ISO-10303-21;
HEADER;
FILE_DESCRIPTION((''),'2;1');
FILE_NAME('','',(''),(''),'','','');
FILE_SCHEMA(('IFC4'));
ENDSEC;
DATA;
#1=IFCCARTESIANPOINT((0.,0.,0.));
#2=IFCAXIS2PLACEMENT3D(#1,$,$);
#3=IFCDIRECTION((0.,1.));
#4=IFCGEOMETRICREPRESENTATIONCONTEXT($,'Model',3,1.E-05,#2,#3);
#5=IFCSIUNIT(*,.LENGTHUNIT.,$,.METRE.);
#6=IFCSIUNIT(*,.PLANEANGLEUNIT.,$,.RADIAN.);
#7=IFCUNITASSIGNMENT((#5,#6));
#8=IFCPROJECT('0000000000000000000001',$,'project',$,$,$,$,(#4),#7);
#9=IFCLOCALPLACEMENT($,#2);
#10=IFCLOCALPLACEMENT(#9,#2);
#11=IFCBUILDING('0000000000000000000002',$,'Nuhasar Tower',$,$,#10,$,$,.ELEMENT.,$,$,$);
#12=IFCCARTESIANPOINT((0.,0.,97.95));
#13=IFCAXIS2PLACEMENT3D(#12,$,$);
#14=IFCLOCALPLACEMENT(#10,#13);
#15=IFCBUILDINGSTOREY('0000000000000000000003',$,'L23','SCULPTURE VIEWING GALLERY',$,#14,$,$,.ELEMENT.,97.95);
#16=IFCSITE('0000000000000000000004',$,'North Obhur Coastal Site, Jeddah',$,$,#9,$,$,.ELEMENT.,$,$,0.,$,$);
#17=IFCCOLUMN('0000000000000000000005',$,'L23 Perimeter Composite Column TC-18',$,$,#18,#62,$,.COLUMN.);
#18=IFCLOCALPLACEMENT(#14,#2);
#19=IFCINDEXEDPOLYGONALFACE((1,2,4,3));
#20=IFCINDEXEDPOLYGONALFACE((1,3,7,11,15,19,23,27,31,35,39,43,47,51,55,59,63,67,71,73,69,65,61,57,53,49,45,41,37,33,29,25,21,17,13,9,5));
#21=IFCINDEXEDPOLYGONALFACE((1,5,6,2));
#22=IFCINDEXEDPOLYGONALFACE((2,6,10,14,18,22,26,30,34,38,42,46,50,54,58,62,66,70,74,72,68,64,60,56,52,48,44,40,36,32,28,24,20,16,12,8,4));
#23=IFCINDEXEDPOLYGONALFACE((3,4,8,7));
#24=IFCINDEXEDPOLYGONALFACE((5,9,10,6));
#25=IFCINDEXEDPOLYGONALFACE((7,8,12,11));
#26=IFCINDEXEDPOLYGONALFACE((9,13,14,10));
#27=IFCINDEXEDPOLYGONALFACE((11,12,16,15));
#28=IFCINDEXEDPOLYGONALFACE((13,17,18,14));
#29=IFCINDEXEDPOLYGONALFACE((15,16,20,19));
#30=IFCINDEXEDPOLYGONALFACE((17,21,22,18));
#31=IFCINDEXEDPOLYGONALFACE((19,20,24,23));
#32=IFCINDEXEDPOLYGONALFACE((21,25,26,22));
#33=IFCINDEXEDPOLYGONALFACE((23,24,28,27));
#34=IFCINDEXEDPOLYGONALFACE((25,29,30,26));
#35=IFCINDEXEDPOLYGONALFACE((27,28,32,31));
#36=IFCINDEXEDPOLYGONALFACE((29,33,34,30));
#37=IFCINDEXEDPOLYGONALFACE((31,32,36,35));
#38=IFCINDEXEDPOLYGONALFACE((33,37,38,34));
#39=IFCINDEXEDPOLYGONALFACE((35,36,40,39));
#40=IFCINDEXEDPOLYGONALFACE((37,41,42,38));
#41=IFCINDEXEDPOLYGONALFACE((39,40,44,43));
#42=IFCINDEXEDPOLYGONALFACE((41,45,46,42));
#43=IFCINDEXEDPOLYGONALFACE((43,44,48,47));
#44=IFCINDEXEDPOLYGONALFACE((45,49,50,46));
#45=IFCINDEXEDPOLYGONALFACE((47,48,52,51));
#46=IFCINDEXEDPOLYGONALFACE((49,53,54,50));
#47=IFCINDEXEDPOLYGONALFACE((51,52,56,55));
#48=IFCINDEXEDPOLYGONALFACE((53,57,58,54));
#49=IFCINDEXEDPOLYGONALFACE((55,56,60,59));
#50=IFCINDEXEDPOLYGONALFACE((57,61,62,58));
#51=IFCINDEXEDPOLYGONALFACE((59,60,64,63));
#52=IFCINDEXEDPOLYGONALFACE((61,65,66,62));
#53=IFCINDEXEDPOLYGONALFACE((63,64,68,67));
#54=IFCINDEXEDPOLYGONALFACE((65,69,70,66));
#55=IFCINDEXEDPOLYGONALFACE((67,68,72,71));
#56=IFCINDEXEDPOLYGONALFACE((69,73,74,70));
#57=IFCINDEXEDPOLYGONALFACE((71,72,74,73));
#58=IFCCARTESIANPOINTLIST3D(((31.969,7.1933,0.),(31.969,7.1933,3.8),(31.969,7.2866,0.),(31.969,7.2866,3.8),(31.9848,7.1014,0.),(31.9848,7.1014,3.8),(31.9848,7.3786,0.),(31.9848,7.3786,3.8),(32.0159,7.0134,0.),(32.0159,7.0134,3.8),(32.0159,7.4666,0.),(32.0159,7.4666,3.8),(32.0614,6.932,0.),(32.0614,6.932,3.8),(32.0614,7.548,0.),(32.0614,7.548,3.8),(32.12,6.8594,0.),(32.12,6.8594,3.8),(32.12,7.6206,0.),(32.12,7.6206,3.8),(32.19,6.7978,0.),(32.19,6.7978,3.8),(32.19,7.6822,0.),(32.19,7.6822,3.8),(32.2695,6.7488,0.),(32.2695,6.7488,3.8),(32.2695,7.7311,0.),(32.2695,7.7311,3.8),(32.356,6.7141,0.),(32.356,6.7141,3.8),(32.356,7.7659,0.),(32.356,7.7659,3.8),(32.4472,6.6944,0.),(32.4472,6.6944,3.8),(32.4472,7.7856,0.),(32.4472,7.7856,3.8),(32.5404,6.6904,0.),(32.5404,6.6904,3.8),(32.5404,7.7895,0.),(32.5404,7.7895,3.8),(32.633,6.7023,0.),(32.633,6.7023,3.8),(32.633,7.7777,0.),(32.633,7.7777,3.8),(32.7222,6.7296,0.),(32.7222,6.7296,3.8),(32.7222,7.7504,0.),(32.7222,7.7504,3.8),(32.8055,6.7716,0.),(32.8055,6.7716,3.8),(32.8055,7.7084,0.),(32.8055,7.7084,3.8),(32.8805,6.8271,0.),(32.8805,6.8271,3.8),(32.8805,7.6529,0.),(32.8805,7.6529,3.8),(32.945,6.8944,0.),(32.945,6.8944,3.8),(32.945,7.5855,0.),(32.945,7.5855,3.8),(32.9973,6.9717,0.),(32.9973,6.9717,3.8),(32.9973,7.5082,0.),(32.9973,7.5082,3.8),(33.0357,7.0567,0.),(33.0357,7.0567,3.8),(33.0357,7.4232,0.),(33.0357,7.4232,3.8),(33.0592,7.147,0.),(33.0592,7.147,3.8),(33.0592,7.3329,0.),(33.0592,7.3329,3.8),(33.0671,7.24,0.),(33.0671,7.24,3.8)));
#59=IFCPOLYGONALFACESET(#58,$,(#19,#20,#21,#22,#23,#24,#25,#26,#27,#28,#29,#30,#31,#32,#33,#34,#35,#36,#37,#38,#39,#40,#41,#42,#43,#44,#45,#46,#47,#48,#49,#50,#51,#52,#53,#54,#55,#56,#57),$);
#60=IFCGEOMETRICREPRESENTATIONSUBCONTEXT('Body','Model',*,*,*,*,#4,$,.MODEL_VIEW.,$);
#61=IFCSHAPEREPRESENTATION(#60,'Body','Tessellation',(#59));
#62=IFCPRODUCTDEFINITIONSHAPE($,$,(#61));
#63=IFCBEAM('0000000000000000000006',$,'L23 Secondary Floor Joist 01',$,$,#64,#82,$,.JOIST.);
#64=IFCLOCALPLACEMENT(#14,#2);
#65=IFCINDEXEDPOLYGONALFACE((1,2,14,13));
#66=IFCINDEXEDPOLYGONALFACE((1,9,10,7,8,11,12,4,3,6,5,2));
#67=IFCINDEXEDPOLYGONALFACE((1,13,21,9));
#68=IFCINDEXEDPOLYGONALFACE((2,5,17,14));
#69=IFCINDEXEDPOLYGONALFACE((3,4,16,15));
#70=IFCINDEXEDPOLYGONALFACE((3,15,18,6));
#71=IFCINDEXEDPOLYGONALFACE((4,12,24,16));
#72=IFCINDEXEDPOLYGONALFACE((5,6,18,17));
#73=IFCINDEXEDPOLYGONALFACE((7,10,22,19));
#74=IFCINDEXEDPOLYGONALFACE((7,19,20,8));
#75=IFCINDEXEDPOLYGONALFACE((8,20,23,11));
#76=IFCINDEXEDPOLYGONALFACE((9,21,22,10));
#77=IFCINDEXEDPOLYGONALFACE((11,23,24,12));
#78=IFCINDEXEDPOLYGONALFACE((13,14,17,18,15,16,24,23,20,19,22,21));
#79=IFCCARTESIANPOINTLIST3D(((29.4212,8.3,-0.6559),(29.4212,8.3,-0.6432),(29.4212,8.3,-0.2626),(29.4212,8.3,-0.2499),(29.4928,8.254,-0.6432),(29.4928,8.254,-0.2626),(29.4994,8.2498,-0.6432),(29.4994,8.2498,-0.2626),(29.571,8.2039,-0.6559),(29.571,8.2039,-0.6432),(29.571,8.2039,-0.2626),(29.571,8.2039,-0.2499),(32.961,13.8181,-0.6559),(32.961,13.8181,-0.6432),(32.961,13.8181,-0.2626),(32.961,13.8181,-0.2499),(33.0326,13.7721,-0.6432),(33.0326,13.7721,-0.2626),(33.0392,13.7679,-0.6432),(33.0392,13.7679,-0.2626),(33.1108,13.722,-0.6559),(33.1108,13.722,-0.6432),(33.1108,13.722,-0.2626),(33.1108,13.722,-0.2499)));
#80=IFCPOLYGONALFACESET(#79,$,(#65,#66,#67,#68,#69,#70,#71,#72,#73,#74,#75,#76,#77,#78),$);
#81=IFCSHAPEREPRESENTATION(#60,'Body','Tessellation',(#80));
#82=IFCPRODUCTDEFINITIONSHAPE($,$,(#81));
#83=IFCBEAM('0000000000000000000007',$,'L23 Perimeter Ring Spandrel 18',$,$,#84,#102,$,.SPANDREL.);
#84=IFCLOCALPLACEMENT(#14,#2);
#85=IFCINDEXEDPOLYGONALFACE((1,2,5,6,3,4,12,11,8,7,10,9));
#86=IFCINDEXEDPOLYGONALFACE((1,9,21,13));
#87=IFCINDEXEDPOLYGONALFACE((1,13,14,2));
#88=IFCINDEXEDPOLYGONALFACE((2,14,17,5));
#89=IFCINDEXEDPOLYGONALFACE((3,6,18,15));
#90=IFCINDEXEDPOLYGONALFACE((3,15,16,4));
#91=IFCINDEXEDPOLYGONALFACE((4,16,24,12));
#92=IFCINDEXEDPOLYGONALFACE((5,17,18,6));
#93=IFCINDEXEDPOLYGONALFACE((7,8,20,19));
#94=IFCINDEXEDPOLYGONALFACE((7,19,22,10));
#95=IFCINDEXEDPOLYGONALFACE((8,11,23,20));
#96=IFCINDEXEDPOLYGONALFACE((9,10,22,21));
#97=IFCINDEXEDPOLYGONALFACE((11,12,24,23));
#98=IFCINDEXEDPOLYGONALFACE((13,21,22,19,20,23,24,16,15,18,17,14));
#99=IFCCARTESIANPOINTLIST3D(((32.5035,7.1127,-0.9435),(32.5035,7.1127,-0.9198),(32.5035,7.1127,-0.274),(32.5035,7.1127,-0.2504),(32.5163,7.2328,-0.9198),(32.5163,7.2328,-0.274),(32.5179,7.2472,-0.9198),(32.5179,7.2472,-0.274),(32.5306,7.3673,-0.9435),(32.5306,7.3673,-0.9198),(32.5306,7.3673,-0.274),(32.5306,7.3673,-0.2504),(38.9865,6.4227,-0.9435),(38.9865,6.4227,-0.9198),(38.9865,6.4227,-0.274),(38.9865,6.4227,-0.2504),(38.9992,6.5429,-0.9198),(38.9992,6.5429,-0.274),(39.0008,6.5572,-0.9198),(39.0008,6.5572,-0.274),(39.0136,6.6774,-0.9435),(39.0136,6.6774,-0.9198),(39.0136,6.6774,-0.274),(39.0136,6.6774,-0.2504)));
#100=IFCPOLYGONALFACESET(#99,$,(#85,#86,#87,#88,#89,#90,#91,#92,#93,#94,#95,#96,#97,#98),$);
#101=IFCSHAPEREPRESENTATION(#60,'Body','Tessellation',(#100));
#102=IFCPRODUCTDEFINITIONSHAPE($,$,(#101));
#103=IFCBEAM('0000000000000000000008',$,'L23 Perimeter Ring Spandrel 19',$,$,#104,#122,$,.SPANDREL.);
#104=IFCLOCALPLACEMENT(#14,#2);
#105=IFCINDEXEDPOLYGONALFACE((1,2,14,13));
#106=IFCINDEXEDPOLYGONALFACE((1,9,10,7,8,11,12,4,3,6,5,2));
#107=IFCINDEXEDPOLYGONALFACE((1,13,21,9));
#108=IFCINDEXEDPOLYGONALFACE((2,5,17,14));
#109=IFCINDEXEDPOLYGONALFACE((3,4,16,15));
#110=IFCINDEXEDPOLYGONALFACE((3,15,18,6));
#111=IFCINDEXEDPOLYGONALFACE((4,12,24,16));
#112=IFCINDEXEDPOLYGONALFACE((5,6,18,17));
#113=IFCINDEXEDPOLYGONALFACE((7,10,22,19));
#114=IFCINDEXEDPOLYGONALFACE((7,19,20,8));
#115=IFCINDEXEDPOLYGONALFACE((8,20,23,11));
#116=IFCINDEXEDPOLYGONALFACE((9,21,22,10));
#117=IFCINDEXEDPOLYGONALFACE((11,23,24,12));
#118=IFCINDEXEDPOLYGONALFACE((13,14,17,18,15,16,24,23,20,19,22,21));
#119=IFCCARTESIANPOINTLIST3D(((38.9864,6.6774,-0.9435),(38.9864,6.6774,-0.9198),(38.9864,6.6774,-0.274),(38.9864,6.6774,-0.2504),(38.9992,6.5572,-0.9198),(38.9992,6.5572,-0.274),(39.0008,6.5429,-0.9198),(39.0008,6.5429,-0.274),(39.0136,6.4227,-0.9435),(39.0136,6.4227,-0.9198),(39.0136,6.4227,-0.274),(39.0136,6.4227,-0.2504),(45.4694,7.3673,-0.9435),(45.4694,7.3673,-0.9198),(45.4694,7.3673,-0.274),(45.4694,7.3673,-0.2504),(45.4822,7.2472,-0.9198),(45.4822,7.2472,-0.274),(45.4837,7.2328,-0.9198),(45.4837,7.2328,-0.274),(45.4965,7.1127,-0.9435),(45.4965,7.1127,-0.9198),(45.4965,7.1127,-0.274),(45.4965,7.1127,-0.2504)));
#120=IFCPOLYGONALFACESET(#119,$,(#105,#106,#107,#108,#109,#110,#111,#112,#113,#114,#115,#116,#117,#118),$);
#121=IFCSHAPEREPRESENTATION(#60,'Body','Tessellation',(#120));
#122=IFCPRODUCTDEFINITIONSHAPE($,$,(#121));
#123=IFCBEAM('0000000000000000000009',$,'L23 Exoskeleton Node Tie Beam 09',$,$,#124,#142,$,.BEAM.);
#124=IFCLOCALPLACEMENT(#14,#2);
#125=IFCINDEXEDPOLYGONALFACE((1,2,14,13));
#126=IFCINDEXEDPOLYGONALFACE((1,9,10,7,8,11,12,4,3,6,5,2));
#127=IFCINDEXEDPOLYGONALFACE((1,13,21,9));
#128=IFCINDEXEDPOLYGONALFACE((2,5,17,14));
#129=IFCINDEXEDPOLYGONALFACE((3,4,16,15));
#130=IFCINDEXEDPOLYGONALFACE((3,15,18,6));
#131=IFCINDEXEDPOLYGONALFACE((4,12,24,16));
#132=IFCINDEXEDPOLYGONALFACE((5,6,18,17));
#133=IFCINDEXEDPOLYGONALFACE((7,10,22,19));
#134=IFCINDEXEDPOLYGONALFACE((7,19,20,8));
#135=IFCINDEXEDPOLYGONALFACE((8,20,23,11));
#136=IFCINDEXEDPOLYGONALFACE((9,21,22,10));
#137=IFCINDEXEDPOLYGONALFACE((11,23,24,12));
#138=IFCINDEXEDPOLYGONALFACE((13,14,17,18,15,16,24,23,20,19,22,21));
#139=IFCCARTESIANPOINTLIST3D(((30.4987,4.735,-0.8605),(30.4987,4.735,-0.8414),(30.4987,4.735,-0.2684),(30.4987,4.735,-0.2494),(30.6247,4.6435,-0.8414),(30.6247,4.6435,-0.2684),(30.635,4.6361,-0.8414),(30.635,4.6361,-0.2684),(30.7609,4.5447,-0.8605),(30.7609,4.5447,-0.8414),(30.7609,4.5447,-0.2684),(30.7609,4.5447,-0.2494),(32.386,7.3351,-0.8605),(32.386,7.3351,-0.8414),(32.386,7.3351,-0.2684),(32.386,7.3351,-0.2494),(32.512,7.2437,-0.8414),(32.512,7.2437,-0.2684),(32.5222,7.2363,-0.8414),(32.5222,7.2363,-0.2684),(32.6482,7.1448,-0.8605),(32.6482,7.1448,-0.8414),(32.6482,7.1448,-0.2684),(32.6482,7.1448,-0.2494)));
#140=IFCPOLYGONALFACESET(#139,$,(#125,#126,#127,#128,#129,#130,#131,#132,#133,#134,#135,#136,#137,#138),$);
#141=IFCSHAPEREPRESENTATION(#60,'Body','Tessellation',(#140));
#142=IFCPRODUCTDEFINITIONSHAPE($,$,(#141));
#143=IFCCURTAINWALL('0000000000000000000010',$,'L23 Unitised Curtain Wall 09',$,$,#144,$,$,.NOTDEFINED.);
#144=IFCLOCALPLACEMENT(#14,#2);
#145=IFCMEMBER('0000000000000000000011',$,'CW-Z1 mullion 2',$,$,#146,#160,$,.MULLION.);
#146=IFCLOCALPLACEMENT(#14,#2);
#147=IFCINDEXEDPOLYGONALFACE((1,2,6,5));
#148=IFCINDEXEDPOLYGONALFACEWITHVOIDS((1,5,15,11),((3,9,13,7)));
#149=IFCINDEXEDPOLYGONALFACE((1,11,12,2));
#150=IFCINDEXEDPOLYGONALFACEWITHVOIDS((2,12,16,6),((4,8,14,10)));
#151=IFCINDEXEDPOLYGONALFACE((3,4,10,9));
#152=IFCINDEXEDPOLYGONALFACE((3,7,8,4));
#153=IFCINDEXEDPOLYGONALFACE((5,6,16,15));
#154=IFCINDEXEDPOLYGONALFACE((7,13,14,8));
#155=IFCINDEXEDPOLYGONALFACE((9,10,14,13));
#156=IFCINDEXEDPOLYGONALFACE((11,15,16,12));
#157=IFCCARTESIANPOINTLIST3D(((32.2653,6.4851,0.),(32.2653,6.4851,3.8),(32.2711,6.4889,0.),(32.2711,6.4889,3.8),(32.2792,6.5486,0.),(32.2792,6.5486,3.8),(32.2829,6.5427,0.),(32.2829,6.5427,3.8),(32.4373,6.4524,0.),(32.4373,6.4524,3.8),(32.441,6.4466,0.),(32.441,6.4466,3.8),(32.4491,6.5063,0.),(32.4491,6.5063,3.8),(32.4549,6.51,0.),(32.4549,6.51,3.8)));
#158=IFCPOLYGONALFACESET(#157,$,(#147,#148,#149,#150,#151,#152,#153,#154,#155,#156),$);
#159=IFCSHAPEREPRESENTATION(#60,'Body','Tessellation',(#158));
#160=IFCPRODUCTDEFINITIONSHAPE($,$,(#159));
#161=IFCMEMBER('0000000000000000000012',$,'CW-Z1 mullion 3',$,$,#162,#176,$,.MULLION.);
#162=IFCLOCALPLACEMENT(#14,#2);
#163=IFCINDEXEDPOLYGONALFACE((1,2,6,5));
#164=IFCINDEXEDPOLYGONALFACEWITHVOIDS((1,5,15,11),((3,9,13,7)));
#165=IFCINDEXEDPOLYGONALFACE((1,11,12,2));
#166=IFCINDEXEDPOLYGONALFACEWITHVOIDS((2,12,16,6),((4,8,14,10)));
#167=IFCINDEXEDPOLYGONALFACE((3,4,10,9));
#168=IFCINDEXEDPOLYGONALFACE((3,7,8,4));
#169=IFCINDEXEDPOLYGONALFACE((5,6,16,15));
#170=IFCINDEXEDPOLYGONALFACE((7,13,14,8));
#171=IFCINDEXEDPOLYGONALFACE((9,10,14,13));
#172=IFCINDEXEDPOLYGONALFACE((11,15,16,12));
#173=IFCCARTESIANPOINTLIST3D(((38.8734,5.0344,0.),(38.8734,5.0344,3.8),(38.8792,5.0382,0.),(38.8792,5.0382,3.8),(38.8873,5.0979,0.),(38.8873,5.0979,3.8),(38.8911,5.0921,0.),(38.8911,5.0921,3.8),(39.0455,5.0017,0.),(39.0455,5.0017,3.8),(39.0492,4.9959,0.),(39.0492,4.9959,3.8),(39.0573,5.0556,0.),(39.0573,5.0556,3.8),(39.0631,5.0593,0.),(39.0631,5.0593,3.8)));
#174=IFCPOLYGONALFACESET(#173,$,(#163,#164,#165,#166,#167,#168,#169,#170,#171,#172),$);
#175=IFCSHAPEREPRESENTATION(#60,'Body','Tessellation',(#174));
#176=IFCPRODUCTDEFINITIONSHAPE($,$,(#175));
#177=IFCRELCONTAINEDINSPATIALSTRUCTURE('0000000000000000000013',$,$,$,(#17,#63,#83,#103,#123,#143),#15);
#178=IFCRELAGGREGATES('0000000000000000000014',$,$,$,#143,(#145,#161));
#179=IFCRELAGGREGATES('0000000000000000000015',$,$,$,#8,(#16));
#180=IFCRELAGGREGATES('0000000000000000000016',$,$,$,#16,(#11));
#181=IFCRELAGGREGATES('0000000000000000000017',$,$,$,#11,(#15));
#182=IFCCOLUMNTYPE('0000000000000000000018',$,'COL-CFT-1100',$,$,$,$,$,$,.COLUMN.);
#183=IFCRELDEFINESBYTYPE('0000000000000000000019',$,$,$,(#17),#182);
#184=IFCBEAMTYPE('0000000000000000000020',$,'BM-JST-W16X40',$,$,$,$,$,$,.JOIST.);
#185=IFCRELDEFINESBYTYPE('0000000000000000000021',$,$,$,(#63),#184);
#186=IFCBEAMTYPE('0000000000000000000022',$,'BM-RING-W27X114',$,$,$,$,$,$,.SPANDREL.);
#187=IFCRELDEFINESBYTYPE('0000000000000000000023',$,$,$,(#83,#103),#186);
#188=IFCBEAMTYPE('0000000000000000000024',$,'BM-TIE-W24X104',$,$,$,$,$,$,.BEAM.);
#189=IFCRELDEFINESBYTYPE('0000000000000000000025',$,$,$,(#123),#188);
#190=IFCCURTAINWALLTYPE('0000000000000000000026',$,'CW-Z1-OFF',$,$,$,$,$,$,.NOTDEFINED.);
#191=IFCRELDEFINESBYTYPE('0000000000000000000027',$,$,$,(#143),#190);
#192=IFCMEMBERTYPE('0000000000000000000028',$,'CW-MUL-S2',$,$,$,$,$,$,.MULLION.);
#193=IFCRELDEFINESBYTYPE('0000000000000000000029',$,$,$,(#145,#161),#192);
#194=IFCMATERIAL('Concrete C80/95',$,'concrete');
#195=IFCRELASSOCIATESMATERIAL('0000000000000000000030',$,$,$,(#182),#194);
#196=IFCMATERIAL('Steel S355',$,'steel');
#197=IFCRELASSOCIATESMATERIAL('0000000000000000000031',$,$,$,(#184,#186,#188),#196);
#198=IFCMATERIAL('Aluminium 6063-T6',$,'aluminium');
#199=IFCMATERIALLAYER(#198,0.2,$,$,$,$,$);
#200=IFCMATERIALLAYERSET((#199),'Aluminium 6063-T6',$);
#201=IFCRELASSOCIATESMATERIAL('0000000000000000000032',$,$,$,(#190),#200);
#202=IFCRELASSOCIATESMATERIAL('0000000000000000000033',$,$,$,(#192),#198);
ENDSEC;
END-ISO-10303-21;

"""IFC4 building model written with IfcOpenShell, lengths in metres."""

from ifc_helpers import new_model, si_unit, direction, frame, origin, origin_2d, place, context, subcontext, project, spatial, hollow_rectangle, circle, i_section, extrude, material, layer, layer_set, material_profile, profile_set, type_object, element, aggregate, save


model = new_model("IFC4")

# Units and contexts
model_context = context("Model", 3, precision=1e-05, world=origin(), true_north=direction((0.0, 1.0)))
body_context = subcontext(model_context, "Body", "Model", "MODEL_VIEW")
ifc_project = project(units=[si_unit("LENGTHUNIT", "METRE"), si_unit("PLANEANGLEUNIT", "RADIAN")], contexts=[model_context])

# Site, building, storey
site_placement = place(None, origin())
site = spatial("IfcSite", under=ifc_project, at=site_placement, Name="North Obhur Coastal Site, Jeddah", CompositionType="ELEMENT", RefElevation=0.0)
building_placement = place(site_placement, origin())
building = spatial("IfcBuilding", under=site, at=building_placement, Name="Nuhasar Tower", CompositionType="ELEMENT")
storey_placement = place(building_placement, frame((0.0, 0.0, 97.95)))
storey = spatial("IfcBuildingStorey", under=building, at=storey_placement, Name="L23", Description="SCULPTURE VIEWING GALLERY", CompositionType="ELEMENT", Elevation=97.95)

# Column
ifc_material_1 = material(Name="Concrete C80/95", Category="concrete")
ifc_material_profile_1 = material_profile(ifc_material_1, circle(Radius=0.55, at=origin_2d()), Name="CFT1100")
ifc_profile_set_1 = profile_set([ifc_material_profile_1], Name="Concrete C80/95")
column_type = type_object("IfcColumnType", Name="COL-CFT-1100", PredefinedType="COLUMN", material=ifc_profile_set_1)
column_placement = place(storey_placement, frame((32.5171, 7.24, 0.0), z_axis=(0.0, 0.0, 1.0), x_axis=(1.0, 0.0, 0.0)))
element("IfcColumn", 1, at=column_placement, inside=storey, type_object=column_type, Name="L23 Perimeter Composite Column TC-18", PredefinedType="COLUMN", context=body_context, shape_type="SweptSolid", body=[
    extrude(circle(Radius=0.55, at=origin_2d()), origin(), (0.0, 0.0, 1.0), 3.8),
])

# Beams
ifc_material_2 = material(Name="Steel S355", Category="steel")
ifc_material_profile_2 = material_profile(ifc_material_2, i_section(OverallWidth=0.178, OverallDepth=0.406, WebThickness=0.0078, FlangeThickness=0.0127, at=origin_2d()), Name="W16X40")
ifc_profile_set_2 = profile_set([ifc_material_profile_2], Name="Steel S355")
beam_type_1 = type_object("IfcBeamType", Name="BM-JST-W16X40", PredefinedType="JOIST", material=ifc_profile_set_2)
beam_1_placement = place(storey_placement, frame((33.0359, 13.77, -0.4529), z_axis=(-0.539944, -0.841701, 0.0), x_axis=(0.841701, -0.539944, 0.0)))
element("IfcBeam", 2, at=beam_1_placement, inside=storey, type_object=beam_type_1, Name="L23 Secondary Floor Joist 01", PredefinedType="JOIST", context=body_context, shape_type="SweptSolid", body=[
    extrude(i_section(OverallWidth=0.178, OverallDepth=0.406, WebThickness=0.0078, FlangeThickness=0.0127, at=origin_2d()), origin(), (0.0, 0.0, 1.0), 6.5559),
])
ifc_material_profile_3 = material_profile(ifc_material_2, i_section(OverallWidth=0.2561, OverallDepth=0.6931, WebThickness=0.0144, FlangeThickness=0.0237, at=origin_2d()), Name="W27X114")
ifc_profile_set_3 = profile_set([ifc_material_profile_3], Name="Steel S355")
beam_type_2 = type_object("IfcBeamType", Name="BM-RING-W27X114", PredefinedType="SPANDREL", material=ifc_profile_set_3)
for number, where, z_axis, x_axis, name in (
    (3, (32.5171, 7.24, -0.5969), (0.994385, -0.105827, 0.0), (0.105827, 0.994385, 0.0), "L23 Perimeter Ring Spandrel 18"),
    (4, (39.0, 6.55, -0.5969), (0.994385, 0.105827, 0.0), (-0.105827, 0.994385, 0.0), "L23 Perimeter Ring Spandrel 19"),
):
    element("IfcBeam", number, at=place(storey_placement, frame(where, z_axis=z_axis, x_axis=x_axis)), inside=storey, type_object=beam_type_2, Name=name, PredefinedType="SPANDREL", context=body_context, shape_type="SweptSolid", body=[
        extrude(i_section(OverallWidth=0.2561, OverallDepth=0.6931, WebThickness=0.0144, FlangeThickness=0.0237, at=origin_2d()), origin(), (0.0, 0.0, 1.0), 6.5195),
    ])
ifc_material_profile_4 = material_profile(ifc_material_2, i_section(OverallWidth=0.324, OverallDepth=0.6111, WebThickness=0.0127, FlangeThickness=0.019, at=origin_2d()), Name="W24X104")
ifc_profile_set_4 = profile_set([ifc_material_profile_4], Name="Steel S355")
beam_type_3 = type_object("IfcBeamType", Name="BM-TIE-W24X104", PredefinedType="BEAM", material=ifc_profile_set_4)
beam_2_placement = place(storey_placement, frame((32.5171, 7.24, -0.5549), z_axis=(-0.587403, -0.809294, 0.0), x_axis=(0.809294, -0.587403, 0.0)))
element("IfcBeam", 5, at=beam_2_placement, inside=storey, type_object=beam_type_3, Name="L23 Exoskeleton Node Tie Beam 09", PredefinedType="BEAM", context=body_context, shape_type="SweptSolid", body=[
    extrude(i_section(OverallWidth=0.324, OverallDepth=0.6111, WebThickness=0.0127, FlangeThickness=0.019, at=origin_2d()), origin(), (0.0, 0.0, 1.0), 3.2129),
])

# Curtain wall, members
ifc_material_3 = material(Name="Aluminium 6063-T6", Category="aluminium")
ifc_layer_1 = layer(ifc_material_3, 0.2)
ifc_layer_set_1 = layer_set([ifc_layer_1], Name="Aluminium 6063-T6")
curtain_wall_type = type_object("IfcCurtainWallType", Name="CW-Z1-OFF", PredefinedType="NOTDEFINED", material=ifc_layer_set_1)
curtain_wall_placement = place(storey_placement, origin())
curtain_wall = element("IfcCurtainWall", 6, at=curtain_wall_placement, inside=storey, type_object=curtain_wall_type, Name="L23 Unitised Curtain Wall 09", PredefinedType="NOTDEFINED")
ifc_material_profile_5 = material_profile(ifc_material_3, hollow_rectangle(XDim=0.0649, YDim=0.1799, WallThickness=0.0049, at=origin_2d()), Name="CWM-2")
ifc_profile_set_5 = profile_set([ifc_material_profile_5], Name="Aluminium 6063-T6")
member_type_1 = type_object("IfcMemberType", Name="CW-MUL-S2", PredefinedType="MULLION", material=ifc_profile_set_5)
member_1_placement = place(storey_placement, frame((32.3601, 6.4976, 0.0), z_axis=(0.0, 0.0, 1.0), x_axis=(0.214399, 0.976746, 0.0)))
member_1 = element("IfcMember", 7, at=member_1_placement, type_object=member_type_1, Name="CW-Z1 mullion 2", PredefinedType="MULLION", context=body_context, shape_type="SweptSolid", body=[
    extrude(hollow_rectangle(XDim=0.0649, YDim=0.1799, WallThickness=0.0049, at=origin_2d()), origin(), (0.0, 0.0, 1.0), 3.8),
])
member_2_placement = place(storey_placement, frame((38.9683, 5.0469, 0.0), z_axis=(0.0, 0.0, 1.0), x_axis=(0.214399, 0.976746, 0.0)))
member_2 = element("IfcMember", 8, at=member_2_placement, type_object=member_type_1, Name="CW-Z1 mullion 3", PredefinedType="MULLION", context=body_context, shape_type="SweptSolid", body=[
    extrude(hollow_rectangle(XDim=0.0649, YDim=0.1799, WallThickness=0.0049, at=origin_2d()), origin(), (0.0, 0.0, 1.0), 3.8),
])

aggregate(curtain_wall, [member_1, member_2])

save(model, "model.ifc")
